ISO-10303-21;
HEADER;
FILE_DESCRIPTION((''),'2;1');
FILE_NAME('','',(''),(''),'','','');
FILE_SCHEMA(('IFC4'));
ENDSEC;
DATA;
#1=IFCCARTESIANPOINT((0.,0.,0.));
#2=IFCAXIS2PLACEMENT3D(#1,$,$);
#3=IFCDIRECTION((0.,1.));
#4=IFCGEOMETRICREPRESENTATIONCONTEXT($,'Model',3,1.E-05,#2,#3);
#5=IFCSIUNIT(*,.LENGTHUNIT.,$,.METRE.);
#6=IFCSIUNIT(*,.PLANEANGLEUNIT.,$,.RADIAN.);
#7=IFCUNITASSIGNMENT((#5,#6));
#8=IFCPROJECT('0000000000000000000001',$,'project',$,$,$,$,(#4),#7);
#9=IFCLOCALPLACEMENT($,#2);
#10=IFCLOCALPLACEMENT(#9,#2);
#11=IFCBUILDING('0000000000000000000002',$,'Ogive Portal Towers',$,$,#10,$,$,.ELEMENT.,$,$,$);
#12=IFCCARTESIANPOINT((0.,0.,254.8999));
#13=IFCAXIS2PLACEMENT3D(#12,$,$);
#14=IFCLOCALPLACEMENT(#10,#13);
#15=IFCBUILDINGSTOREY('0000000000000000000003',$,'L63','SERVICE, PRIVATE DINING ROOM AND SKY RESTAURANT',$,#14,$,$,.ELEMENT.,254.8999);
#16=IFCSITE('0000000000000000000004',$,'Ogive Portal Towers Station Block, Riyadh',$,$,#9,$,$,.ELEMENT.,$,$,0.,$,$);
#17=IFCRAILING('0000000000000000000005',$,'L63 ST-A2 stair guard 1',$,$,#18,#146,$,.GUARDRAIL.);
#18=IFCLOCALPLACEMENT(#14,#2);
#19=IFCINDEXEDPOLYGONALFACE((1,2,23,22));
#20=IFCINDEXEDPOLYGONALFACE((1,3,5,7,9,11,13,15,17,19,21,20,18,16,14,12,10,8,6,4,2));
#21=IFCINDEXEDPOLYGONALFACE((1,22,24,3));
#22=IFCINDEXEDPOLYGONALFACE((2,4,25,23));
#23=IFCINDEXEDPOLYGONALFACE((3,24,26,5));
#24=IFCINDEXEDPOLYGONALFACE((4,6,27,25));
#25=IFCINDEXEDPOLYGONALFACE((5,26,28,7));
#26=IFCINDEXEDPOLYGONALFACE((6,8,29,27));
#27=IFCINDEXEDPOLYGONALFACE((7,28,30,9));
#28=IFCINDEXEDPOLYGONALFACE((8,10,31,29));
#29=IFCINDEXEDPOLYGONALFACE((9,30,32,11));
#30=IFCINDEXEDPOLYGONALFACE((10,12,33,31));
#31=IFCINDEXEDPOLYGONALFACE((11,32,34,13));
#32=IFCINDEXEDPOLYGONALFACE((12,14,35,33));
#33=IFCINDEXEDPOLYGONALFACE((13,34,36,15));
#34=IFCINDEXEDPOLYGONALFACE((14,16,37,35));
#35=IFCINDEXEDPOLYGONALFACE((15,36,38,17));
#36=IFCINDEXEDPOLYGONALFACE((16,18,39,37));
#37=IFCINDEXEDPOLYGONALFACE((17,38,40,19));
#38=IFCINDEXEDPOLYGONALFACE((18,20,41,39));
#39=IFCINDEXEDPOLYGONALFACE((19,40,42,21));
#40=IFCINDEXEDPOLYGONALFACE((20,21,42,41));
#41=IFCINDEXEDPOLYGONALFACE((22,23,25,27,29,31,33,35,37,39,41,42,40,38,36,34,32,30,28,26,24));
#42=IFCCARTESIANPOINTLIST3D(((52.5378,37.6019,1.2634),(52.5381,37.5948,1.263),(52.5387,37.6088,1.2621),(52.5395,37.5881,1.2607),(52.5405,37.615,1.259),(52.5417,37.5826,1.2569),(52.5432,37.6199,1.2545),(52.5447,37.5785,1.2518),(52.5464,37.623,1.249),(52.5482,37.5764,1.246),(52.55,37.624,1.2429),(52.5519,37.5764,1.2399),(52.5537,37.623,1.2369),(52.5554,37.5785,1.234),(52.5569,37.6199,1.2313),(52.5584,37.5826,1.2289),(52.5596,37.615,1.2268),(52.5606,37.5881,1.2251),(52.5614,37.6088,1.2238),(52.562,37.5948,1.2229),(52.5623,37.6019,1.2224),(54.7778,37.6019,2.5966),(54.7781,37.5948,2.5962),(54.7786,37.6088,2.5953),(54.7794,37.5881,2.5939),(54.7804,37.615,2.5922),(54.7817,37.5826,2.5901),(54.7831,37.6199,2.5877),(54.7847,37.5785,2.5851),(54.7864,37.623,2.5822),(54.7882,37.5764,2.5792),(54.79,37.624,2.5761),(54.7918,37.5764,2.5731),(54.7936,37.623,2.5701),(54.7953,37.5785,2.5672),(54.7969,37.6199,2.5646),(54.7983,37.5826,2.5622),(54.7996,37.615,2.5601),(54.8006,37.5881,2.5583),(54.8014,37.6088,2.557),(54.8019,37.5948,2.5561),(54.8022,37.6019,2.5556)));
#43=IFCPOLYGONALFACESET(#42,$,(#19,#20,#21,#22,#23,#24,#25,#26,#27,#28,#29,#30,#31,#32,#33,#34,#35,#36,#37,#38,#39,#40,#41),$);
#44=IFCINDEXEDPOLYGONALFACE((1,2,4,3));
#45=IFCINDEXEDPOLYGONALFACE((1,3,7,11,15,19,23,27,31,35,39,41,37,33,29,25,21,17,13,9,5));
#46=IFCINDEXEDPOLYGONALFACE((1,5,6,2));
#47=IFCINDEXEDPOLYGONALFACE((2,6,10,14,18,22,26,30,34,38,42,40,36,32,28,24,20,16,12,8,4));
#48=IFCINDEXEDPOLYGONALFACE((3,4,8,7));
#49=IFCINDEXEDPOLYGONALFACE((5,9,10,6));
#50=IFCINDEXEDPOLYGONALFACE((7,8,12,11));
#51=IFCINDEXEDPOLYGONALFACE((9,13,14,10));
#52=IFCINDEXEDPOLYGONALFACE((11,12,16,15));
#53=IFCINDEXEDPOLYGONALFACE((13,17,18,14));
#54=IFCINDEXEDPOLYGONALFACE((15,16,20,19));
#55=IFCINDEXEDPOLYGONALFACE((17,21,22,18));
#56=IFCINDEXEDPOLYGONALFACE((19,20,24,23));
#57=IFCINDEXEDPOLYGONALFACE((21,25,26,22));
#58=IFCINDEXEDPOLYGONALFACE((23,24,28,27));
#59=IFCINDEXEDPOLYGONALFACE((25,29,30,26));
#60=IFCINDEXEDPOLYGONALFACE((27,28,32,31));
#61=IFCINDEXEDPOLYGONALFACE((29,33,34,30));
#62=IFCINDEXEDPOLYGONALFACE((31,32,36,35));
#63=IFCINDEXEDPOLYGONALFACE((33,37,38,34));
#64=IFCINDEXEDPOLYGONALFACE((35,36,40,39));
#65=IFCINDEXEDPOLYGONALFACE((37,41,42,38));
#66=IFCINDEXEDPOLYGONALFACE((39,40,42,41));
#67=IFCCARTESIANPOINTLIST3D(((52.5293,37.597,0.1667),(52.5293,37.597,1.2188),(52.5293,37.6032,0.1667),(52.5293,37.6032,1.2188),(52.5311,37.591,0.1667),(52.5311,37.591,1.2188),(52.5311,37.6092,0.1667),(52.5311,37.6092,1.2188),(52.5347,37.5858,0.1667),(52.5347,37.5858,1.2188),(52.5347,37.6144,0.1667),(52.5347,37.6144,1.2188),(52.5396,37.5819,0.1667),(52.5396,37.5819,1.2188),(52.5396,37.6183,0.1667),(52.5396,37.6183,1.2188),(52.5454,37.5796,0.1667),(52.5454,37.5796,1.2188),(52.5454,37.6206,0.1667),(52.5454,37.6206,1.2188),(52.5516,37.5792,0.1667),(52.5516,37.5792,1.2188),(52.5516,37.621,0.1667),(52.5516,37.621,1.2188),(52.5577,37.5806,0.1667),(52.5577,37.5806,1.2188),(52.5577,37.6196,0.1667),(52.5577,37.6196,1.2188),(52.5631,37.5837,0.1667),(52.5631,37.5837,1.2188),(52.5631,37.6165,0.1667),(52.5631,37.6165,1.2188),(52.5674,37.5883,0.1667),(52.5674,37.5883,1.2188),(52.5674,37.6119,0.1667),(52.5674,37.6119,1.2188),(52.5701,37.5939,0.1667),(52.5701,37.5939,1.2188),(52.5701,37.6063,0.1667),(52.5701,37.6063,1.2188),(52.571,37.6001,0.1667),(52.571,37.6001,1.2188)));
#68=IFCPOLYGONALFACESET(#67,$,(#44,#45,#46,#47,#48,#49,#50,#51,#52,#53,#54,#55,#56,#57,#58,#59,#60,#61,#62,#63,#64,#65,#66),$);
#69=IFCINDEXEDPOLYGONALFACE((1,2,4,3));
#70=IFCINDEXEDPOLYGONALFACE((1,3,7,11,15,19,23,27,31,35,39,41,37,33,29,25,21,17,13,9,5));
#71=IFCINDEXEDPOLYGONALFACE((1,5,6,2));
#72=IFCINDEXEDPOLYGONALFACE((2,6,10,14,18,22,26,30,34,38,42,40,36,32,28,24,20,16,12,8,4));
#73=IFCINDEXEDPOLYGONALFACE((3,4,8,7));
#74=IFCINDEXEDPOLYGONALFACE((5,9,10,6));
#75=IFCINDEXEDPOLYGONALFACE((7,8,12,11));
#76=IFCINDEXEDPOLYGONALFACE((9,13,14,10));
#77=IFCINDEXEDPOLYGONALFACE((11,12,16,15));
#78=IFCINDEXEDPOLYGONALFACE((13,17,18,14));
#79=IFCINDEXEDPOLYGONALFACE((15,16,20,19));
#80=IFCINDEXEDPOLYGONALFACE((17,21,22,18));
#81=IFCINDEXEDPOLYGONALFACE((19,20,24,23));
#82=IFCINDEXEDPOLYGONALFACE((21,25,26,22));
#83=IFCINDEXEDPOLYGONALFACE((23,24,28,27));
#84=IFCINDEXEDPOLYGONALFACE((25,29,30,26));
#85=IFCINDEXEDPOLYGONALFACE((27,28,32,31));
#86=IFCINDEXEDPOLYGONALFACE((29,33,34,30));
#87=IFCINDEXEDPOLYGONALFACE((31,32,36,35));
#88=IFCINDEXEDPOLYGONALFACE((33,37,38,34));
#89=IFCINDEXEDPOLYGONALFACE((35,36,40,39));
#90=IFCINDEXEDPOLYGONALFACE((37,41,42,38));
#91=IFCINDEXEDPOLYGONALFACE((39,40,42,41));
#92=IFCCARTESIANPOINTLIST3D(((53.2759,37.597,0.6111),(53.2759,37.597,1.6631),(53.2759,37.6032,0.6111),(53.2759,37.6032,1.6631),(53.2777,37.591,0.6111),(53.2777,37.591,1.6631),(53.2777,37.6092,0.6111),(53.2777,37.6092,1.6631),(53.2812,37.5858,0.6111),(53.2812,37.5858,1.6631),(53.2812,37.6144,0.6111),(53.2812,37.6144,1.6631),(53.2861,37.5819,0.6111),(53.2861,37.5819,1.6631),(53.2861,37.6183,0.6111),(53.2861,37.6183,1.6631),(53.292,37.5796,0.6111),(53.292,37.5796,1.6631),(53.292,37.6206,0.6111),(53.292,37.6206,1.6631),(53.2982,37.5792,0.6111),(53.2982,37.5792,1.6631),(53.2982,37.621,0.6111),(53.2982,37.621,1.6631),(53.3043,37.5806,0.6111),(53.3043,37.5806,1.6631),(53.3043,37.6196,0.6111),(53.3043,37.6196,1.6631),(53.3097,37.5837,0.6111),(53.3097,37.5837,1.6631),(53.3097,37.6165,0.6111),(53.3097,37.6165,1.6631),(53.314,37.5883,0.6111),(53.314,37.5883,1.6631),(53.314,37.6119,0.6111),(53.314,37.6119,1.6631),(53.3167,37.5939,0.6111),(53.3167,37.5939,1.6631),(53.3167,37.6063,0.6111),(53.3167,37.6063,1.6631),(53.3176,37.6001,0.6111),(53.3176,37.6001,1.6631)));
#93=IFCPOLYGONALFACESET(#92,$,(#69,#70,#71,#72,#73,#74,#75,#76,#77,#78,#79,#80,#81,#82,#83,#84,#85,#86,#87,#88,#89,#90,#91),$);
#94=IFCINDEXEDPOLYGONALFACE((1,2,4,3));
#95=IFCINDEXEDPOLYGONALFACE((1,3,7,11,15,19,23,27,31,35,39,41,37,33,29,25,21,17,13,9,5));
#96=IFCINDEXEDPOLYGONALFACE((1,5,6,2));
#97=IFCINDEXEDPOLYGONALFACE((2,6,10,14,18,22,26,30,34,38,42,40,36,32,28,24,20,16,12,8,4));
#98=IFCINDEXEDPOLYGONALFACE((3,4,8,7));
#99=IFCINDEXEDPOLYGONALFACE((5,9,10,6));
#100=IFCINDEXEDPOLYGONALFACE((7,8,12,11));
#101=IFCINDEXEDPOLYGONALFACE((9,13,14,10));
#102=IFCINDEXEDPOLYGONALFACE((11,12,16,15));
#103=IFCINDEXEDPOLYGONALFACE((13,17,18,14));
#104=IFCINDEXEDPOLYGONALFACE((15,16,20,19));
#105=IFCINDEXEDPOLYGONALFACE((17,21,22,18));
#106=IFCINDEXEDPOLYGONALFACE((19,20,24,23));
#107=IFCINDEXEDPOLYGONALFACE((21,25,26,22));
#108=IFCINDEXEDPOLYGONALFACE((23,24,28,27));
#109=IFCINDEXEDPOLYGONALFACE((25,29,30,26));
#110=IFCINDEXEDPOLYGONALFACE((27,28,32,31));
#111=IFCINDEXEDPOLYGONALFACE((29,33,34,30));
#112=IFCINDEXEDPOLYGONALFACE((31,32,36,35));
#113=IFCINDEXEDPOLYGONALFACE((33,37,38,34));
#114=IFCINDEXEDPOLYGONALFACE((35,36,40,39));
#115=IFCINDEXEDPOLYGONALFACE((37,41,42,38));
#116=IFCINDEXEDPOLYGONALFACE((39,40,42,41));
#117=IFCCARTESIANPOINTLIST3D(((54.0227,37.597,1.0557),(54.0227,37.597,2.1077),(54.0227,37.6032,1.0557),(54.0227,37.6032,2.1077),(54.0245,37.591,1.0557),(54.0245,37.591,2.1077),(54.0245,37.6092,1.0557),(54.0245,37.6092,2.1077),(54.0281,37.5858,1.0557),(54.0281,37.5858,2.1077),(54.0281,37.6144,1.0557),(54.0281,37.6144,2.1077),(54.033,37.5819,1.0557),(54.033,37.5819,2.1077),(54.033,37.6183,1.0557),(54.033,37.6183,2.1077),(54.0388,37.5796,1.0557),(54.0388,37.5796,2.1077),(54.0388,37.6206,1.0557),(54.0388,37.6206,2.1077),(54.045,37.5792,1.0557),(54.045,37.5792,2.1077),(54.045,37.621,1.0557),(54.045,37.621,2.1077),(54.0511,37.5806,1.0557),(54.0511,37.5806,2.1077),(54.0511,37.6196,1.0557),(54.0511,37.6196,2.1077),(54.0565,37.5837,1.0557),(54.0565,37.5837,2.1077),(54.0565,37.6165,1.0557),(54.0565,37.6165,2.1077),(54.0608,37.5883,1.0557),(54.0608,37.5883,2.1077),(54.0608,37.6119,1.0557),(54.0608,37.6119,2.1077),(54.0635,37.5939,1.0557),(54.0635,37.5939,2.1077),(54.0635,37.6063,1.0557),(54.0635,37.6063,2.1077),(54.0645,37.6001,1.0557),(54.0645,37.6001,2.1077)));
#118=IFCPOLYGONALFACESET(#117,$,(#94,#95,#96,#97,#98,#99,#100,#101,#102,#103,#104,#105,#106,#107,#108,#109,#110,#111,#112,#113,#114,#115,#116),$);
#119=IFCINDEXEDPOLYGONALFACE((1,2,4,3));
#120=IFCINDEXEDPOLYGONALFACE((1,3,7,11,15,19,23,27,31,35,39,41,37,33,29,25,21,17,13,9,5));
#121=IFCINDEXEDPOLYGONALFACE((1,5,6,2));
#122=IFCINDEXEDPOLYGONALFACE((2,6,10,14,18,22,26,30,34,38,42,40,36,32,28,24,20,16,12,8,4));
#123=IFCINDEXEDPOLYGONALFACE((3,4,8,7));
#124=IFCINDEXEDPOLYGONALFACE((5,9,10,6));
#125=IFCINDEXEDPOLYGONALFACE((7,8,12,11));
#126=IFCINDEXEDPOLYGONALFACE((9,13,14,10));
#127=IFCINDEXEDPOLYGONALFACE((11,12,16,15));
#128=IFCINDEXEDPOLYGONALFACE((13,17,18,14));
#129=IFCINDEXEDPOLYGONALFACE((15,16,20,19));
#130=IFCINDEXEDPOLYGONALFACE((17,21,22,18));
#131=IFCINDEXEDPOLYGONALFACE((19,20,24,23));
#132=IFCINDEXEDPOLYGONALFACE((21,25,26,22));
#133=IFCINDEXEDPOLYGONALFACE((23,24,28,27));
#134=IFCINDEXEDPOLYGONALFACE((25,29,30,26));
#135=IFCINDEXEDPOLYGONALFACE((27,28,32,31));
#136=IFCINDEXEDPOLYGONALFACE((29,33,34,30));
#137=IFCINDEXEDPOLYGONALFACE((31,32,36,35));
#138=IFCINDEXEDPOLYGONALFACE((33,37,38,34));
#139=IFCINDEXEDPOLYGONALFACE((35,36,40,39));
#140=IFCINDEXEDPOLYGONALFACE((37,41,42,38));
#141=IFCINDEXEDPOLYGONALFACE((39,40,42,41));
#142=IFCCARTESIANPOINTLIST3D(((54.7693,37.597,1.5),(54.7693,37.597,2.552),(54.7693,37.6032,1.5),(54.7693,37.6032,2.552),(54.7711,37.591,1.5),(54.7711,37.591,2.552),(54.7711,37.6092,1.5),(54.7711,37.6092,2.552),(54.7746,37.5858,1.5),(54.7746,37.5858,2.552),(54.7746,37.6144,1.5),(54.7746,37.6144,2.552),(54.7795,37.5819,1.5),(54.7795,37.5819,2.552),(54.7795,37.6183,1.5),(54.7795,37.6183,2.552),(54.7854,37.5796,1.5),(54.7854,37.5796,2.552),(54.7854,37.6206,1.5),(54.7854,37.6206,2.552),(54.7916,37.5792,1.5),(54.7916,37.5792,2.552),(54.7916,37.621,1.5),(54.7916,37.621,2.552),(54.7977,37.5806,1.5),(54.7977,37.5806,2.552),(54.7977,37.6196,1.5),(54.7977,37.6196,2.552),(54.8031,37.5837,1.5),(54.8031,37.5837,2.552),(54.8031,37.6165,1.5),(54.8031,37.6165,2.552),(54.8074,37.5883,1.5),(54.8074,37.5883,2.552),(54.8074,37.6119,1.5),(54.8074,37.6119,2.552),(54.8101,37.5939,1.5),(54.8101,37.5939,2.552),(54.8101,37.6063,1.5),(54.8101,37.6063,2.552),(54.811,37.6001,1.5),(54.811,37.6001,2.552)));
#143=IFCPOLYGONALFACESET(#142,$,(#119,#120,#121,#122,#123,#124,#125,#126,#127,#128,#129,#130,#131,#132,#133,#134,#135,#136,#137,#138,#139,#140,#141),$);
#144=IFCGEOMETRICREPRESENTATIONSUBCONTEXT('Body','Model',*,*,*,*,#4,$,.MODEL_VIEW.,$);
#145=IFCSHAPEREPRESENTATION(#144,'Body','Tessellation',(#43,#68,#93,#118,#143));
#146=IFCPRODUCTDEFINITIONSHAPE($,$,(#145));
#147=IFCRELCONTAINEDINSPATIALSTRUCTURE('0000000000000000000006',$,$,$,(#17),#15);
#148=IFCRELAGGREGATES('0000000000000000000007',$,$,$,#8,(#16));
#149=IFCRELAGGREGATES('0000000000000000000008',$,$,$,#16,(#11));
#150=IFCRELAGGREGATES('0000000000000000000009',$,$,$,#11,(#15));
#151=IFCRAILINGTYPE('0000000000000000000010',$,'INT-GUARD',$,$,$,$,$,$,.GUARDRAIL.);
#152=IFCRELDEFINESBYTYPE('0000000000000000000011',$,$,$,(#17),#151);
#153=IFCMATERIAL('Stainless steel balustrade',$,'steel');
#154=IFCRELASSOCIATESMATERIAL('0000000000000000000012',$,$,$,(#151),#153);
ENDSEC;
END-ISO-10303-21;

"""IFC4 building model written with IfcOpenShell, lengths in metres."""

from ifc_helpers import new_model, si_unit, direction, frame, origin, origin_2d, place, context, subcontext, project, spatial, circle, extrude, material, type_object, element, save


model = new_model("IFC4")

# Units and contexts
model_context = context("Model", 3, precision=1e-05, world=origin(), true_north=direction((0.0, 1.0)))
body_context = subcontext(model_context, "Body", "Model", "MODEL_VIEW")
ifc_project = project(units=[si_unit("LENGTHUNIT", "METRE"), si_unit("PLANEANGLEUNIT", "RADIAN")], contexts=[model_context])

# Site, building, storey
site_placement = place(None, origin())
site = spatial("IfcSite", under=ifc_project, at=site_placement, Name="Ogive Portal Towers Station Block, Riyadh", CompositionType="ELEMENT", RefElevation=0.0)
building_placement = place(site_placement, origin())
building = spatial("IfcBuilding", under=site, at=building_placement, Name="Ogive Portal Towers", CompositionType="ELEMENT")
storey_placement = place(building_placement, frame((0.0, 0.0, 254.8999)))
storey = spatial("IfcBuildingStorey", under=building, at=storey_placement, Name="L63", Description="SERVICE, PRIVATE DINING ROOM AND SKY RESTAURANT", CompositionType="ELEMENT", Elevation=254.8999)

# Railing
ifc_material_1 = material(Name="Stainless steel balustrade", Category="steel")
railing_type_1 = type_object("IfcRailingType", Name="INT-GUARD", PredefinedType="GUARDRAIL", material=ifc_material_1)
railing_1_placement = place(storey_placement, frame((52.55, 37.6001, 0.1667)))
element("IfcRailing", 1, at=railing_1_placement, inside=storey, type_object=railing_type_1, Name="L63 ST-A2 stair guard 1", PredefinedType="GUARDRAIL", context=body_context, shape_type="SweptSolid", body=[
    extrude(circle(Radius=0.0239, at=origin_2d()), frame((0.0, 0.0, 1.0762), z_axis=(0.859306, 0.0, 0.511462), x_axis=(0.0, 1.0, 0.0)), (0.0, 0.0, 1.0), 2.6067),
    extrude(circle(Radius=0.021, at=origin_2d()), origin(), (0.0, 0.0, 1.0), 1.052),
    extrude(circle(Radius=0.021, at=origin_2d()), frame((0.7466, 0.0, 0.4443)), (0.0, 0.0, 1.0), 1.052),
    extrude(circle(Radius=0.021, at=origin_2d()), frame((1.4934, 0.0, 0.8889)), (0.0, 0.0, 1.0), 1.052),
    extrude(circle(Radius=0.021, at=origin_2d()), frame((2.24, 0.0, 1.3333)), (0.0, 0.0, 1.0), 1.052),
])

save(model, "model.ifc")
